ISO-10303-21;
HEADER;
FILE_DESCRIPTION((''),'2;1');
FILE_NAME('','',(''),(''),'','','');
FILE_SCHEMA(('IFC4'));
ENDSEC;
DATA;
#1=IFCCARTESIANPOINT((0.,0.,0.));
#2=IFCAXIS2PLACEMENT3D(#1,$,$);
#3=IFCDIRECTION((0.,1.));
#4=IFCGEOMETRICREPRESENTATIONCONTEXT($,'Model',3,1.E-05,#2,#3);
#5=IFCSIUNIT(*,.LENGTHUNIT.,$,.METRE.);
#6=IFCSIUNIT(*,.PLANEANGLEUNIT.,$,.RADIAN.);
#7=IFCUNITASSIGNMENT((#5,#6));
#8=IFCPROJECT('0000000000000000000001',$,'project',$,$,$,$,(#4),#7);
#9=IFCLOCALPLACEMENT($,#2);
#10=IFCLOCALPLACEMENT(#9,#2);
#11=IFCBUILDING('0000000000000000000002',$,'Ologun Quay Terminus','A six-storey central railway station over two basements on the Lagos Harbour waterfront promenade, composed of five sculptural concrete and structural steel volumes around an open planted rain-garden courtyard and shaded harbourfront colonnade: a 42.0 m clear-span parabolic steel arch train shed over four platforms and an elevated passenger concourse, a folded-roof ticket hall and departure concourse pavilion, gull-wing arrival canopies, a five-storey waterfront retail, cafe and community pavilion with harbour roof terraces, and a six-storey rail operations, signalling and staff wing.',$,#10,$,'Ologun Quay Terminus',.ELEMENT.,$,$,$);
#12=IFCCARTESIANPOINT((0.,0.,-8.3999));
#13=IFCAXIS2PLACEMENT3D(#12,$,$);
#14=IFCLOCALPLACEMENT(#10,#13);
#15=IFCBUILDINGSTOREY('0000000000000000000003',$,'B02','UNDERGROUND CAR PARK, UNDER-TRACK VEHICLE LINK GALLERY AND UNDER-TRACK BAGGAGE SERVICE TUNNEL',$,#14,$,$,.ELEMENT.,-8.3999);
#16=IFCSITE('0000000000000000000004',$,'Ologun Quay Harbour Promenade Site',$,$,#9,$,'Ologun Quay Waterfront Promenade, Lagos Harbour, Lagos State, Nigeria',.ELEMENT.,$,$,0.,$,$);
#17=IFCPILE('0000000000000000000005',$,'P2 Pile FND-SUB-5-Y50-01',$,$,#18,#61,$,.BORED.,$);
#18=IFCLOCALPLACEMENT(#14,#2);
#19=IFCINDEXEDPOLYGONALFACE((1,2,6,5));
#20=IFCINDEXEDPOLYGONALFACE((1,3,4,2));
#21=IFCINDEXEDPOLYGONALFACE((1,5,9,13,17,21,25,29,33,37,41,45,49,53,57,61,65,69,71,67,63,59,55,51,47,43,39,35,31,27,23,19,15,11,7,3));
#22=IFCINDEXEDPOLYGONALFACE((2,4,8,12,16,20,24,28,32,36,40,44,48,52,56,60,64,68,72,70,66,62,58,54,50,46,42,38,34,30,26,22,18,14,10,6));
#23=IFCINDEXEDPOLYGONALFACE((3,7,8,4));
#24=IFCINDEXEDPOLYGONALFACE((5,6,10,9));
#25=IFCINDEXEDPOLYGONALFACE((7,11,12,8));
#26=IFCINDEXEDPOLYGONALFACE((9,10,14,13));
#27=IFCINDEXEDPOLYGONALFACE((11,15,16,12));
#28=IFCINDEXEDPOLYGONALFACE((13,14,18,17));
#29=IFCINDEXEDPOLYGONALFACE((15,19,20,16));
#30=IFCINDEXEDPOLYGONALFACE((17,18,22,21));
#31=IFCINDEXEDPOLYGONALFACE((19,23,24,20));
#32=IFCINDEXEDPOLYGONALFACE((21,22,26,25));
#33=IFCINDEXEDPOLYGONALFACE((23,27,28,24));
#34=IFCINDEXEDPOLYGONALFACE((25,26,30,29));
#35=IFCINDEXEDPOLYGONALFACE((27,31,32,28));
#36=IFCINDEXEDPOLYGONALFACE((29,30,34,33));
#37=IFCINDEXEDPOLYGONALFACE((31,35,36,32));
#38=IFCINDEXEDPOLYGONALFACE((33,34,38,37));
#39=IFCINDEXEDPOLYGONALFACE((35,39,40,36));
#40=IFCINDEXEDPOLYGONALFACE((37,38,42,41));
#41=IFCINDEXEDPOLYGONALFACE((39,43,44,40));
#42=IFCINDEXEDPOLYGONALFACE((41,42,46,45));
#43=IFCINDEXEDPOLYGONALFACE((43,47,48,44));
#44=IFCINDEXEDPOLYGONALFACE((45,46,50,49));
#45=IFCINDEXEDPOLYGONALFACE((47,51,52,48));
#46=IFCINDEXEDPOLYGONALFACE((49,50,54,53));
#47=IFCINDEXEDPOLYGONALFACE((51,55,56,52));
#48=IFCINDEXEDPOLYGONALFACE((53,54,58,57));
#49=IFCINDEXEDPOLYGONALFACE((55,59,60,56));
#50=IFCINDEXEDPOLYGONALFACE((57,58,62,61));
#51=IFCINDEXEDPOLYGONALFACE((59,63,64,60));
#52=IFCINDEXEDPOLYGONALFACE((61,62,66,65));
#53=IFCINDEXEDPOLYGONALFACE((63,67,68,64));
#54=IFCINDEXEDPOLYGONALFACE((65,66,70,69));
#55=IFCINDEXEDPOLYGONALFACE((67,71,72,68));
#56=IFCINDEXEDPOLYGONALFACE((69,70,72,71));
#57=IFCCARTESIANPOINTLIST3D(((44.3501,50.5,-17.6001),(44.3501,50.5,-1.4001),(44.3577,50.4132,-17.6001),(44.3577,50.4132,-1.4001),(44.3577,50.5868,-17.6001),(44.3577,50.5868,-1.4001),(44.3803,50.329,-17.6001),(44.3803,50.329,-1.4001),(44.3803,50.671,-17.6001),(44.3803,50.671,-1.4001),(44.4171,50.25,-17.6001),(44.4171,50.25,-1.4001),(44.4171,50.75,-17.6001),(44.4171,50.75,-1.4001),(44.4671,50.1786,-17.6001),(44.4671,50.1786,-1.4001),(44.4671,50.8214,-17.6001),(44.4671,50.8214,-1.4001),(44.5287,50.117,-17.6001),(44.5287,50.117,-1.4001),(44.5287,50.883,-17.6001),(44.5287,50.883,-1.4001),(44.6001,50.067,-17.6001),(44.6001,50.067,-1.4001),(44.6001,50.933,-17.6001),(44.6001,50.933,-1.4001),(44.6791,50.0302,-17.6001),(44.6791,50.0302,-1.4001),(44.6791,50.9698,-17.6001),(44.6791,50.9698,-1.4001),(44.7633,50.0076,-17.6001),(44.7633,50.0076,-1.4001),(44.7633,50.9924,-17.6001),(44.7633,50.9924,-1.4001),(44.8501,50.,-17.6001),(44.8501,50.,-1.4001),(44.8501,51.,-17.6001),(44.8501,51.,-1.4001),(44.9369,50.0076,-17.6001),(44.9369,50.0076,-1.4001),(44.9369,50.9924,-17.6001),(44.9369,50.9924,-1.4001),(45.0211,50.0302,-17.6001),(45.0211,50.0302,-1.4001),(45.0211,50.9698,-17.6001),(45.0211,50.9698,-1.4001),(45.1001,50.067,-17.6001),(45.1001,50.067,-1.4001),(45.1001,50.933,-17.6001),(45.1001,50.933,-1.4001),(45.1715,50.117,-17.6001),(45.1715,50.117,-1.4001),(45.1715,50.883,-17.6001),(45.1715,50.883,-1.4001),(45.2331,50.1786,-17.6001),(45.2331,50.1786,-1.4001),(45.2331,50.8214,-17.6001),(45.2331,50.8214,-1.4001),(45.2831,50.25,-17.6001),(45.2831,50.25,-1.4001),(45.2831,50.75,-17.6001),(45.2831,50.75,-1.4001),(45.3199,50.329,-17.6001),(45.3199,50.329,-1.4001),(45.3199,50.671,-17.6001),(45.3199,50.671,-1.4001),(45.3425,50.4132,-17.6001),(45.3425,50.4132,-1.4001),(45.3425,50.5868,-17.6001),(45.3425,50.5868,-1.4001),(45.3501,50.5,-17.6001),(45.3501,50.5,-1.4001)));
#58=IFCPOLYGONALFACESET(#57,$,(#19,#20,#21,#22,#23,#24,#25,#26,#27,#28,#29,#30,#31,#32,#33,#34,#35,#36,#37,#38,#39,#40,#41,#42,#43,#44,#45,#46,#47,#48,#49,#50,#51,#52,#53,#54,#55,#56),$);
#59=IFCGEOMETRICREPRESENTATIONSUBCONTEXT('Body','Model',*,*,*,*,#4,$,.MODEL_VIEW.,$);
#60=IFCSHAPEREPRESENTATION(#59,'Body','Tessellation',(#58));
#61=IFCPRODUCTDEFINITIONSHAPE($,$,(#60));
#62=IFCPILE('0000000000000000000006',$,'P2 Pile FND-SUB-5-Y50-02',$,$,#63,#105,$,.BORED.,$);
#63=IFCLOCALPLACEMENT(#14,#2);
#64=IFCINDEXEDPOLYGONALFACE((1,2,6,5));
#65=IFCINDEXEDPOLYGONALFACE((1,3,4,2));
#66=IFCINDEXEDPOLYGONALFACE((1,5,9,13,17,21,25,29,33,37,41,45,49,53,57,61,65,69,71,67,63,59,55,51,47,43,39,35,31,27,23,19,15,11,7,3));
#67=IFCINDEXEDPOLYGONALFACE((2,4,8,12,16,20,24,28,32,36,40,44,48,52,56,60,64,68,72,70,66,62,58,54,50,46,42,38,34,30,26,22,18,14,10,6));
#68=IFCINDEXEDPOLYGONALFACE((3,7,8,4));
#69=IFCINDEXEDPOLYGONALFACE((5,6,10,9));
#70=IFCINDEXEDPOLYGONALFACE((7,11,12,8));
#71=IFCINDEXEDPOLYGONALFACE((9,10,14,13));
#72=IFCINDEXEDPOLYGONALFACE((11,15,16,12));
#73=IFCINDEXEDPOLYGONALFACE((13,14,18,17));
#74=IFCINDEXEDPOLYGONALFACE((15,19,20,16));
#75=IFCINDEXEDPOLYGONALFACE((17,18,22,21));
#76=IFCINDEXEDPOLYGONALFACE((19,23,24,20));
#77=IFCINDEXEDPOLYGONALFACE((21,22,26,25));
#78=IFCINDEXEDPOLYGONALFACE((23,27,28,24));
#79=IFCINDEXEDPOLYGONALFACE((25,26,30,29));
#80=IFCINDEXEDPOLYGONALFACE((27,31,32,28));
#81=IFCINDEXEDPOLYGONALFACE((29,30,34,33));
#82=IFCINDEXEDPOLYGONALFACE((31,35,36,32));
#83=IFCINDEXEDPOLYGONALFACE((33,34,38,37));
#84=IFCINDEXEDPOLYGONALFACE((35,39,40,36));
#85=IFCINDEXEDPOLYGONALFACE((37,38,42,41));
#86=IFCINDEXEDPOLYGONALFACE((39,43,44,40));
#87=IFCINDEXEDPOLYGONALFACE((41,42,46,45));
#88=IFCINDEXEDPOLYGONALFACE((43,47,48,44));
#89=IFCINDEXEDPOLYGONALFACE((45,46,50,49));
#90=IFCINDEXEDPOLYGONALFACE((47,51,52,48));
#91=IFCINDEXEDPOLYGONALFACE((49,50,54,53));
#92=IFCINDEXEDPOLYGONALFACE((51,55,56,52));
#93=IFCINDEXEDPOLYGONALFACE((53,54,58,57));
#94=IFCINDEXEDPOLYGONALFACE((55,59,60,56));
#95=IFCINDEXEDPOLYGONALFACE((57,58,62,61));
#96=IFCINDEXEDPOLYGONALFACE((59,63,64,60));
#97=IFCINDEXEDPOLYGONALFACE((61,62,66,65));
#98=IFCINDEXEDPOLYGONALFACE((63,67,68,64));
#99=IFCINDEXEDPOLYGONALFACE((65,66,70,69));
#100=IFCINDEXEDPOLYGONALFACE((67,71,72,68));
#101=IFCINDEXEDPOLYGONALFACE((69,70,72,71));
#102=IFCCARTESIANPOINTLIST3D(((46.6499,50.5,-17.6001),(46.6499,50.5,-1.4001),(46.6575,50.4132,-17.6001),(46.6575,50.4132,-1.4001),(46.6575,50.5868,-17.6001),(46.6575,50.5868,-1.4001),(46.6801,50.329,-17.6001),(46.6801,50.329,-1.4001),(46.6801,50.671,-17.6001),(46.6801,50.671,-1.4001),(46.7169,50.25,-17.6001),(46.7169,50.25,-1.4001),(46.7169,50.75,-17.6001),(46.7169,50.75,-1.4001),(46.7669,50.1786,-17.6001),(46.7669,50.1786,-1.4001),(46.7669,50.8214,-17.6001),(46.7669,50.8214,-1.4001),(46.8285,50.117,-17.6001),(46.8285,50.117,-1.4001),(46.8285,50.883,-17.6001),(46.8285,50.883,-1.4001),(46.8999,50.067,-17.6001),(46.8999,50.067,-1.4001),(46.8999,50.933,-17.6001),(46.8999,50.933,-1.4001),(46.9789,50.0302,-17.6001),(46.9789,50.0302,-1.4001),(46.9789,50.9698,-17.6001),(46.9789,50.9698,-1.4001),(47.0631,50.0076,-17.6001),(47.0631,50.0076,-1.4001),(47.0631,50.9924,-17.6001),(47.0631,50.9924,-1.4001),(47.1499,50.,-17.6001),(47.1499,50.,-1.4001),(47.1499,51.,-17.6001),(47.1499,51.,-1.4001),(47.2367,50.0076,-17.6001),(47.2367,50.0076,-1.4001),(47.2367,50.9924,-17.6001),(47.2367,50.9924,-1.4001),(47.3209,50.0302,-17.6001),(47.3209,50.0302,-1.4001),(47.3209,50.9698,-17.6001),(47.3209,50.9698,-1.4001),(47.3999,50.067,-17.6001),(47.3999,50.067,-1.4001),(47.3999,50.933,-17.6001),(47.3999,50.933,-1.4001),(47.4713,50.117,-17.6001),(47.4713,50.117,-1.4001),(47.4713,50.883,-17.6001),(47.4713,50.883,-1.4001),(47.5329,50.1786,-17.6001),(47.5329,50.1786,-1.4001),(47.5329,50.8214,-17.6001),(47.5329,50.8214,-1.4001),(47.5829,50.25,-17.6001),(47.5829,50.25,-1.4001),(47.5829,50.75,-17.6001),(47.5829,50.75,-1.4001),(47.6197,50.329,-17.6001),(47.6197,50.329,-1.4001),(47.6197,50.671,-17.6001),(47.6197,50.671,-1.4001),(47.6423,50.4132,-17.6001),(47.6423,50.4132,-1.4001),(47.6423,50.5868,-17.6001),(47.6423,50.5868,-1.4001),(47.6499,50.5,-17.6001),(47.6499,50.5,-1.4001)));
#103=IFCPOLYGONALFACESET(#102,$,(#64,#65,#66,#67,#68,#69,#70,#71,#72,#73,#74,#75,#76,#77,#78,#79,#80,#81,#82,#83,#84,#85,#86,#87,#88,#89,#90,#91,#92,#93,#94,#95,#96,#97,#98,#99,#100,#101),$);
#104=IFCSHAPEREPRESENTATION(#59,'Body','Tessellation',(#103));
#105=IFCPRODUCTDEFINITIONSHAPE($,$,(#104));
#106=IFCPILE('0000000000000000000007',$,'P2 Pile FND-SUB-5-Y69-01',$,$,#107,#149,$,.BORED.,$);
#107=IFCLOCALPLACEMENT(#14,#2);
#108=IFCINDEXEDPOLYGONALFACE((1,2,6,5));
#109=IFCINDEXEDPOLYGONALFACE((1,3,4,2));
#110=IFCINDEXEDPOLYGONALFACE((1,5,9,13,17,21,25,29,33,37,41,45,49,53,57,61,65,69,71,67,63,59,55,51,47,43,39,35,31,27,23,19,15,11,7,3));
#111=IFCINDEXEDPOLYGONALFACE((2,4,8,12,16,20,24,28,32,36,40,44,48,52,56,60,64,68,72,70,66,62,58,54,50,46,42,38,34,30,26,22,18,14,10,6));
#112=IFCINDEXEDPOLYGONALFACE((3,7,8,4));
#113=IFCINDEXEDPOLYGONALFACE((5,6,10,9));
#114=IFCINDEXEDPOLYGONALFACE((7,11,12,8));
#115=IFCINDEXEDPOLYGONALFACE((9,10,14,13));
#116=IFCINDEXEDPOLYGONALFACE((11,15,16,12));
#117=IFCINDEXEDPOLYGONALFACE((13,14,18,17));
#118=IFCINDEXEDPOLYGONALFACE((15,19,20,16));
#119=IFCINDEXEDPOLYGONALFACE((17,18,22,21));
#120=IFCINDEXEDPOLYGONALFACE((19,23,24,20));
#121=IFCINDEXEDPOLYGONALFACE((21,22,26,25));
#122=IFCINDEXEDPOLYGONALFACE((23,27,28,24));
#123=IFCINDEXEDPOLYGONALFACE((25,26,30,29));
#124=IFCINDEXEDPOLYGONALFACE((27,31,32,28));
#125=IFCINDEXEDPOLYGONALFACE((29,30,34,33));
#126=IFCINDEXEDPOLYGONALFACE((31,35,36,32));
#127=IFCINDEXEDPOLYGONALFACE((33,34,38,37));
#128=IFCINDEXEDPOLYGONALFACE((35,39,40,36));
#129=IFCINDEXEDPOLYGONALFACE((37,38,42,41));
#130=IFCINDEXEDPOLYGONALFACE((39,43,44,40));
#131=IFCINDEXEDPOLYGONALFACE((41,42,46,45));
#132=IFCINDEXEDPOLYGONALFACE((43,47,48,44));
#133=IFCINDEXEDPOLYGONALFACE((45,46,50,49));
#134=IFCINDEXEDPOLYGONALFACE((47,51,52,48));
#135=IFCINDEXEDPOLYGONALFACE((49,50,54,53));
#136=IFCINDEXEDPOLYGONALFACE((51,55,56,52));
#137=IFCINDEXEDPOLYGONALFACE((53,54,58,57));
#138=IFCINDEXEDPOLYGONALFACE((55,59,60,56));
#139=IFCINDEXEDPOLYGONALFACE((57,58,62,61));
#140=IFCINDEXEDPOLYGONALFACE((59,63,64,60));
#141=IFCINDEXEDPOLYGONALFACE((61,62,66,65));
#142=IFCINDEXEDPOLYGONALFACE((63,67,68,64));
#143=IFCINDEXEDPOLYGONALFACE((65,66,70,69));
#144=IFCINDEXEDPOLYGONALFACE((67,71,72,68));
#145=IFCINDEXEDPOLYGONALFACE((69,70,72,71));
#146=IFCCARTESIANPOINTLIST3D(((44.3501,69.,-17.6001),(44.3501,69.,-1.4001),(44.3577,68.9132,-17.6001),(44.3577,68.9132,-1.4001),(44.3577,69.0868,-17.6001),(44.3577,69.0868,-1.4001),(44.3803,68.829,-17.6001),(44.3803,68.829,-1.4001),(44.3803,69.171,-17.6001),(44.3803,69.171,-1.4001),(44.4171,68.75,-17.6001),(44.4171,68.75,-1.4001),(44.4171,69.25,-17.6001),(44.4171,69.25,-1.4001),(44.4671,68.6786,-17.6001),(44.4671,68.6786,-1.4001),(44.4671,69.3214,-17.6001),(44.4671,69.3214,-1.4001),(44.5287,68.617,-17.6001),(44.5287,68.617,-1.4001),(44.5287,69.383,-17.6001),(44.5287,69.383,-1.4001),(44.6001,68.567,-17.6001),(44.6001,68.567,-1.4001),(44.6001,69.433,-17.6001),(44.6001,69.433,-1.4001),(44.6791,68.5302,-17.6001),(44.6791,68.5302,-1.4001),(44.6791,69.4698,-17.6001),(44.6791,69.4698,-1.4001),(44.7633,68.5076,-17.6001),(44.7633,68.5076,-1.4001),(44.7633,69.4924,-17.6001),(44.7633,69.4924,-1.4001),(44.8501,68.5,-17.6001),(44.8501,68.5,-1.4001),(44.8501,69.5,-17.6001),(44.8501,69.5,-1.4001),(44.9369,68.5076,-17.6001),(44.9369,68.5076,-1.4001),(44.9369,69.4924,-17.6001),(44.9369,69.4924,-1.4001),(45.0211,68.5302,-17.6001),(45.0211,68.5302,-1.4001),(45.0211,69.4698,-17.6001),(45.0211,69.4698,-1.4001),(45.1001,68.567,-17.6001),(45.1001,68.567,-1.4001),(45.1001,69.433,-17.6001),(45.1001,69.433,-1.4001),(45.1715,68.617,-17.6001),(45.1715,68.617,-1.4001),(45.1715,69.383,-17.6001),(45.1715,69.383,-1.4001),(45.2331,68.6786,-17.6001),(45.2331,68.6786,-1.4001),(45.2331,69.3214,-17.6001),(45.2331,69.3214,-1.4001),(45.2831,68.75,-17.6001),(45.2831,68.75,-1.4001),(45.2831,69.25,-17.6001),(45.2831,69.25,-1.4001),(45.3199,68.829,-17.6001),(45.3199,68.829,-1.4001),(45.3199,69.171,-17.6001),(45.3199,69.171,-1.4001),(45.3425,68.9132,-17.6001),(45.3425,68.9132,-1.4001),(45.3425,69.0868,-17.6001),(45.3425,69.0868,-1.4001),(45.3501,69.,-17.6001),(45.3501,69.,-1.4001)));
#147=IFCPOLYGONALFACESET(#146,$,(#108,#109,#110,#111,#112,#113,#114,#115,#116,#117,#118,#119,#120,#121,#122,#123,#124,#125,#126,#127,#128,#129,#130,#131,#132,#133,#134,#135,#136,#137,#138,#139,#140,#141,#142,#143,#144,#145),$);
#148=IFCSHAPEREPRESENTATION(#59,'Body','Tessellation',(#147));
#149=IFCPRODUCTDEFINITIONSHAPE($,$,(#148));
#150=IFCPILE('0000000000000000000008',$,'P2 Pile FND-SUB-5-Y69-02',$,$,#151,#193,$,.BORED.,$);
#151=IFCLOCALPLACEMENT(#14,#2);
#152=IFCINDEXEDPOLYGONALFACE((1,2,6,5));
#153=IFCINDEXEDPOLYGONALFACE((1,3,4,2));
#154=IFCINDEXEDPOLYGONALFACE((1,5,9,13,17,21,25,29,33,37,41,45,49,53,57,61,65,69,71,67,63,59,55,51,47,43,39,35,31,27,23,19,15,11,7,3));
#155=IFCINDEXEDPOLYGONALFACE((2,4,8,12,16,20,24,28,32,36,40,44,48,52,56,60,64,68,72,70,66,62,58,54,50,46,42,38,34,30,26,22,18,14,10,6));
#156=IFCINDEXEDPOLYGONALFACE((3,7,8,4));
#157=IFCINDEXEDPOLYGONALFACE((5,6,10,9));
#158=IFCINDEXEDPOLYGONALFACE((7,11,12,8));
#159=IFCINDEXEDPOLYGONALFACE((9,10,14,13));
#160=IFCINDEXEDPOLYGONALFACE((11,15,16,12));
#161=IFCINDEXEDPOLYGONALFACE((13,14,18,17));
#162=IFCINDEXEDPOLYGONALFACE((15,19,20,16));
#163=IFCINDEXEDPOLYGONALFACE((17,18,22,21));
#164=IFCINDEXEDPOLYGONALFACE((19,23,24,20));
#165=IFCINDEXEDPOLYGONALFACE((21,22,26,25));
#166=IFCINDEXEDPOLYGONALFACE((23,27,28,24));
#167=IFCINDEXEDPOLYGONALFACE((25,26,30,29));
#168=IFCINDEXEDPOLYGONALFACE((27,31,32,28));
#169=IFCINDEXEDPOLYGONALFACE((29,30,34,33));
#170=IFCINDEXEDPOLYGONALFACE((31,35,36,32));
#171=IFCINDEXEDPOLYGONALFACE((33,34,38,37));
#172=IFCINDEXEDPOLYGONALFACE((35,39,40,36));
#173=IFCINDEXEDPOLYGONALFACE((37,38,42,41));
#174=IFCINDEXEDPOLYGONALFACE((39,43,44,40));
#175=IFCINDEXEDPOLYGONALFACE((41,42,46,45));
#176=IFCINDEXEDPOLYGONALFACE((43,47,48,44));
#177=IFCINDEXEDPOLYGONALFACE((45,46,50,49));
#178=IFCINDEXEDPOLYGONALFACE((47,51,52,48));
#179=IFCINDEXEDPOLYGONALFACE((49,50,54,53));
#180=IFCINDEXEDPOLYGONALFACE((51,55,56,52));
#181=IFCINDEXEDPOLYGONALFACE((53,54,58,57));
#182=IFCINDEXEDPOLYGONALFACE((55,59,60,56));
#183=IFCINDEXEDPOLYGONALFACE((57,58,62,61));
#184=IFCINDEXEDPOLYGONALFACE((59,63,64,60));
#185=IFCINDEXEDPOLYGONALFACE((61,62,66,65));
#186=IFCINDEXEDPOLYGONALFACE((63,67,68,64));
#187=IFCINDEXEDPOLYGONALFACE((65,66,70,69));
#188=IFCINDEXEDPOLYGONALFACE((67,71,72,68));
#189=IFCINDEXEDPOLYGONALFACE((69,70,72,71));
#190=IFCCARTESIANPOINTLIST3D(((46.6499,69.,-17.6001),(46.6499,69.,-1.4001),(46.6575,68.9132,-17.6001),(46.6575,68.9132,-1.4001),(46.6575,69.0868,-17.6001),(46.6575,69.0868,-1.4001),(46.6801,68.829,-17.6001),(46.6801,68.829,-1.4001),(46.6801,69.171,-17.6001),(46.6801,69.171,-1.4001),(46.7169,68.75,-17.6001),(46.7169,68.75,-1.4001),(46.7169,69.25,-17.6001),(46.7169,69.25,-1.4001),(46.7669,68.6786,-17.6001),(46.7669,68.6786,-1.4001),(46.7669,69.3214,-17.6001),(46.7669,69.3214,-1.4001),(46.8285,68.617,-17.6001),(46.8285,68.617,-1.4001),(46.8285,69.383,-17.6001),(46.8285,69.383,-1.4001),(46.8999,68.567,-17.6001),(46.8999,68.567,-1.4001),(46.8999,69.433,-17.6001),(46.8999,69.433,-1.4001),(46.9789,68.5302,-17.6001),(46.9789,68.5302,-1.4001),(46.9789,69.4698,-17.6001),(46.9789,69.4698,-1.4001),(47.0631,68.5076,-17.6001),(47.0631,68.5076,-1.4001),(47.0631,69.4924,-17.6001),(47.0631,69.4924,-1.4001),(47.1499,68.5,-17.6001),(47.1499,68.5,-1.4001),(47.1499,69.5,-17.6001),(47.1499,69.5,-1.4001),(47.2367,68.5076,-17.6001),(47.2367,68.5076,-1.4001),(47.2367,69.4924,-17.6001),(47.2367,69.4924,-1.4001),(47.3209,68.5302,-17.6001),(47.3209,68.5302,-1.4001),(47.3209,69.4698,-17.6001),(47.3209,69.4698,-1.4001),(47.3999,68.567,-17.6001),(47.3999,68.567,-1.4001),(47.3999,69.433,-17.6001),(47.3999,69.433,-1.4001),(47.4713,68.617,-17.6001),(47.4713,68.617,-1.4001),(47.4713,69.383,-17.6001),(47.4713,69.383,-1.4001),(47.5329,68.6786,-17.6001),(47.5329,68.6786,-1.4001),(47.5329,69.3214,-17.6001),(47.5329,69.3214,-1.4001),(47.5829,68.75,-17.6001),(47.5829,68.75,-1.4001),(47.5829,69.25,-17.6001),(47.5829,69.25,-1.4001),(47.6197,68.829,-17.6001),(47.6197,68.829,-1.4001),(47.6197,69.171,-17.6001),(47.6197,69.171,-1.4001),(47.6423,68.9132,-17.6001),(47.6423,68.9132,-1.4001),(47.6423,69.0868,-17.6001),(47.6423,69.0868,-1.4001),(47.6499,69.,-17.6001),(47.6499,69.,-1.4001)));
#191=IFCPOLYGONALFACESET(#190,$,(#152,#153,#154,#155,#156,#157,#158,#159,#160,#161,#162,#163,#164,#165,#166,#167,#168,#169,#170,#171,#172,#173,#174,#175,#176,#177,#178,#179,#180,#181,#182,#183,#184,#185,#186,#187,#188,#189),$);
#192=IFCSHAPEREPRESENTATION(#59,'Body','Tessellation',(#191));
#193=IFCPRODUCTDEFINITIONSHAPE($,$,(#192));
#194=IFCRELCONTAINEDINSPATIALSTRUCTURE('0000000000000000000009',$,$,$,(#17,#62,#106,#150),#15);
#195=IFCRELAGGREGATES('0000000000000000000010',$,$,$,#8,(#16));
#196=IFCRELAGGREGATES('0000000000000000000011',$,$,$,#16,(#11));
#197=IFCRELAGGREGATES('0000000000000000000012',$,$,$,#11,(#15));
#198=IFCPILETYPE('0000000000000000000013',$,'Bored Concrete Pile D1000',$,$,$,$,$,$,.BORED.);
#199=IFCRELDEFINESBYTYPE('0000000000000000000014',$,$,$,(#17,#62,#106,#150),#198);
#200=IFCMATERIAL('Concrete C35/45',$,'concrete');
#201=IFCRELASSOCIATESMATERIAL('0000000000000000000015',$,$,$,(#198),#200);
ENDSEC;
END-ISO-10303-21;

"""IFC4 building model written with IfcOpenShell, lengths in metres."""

from ifc_helpers import new_model, si_unit, direction, frame, origin, origin_2d, place, context, subcontext, project, spatial, circle, extrude, material, material_profile, profile_set, type_object, element, save


model = new_model("IFC4")

# Units and contexts
model_context = context("Model", 3, precision=1e-05, world=origin(), true_north=direction((0.0, 1.0)))
body_context = subcontext(model_context, "Body", "Model", "MODEL_VIEW")
ifc_project = project(units=[si_unit("LENGTHUNIT", "METRE"), si_unit("PLANEANGLEUNIT", "RADIAN")], contexts=[model_context])

# Site, building, storey
site_placement = place(None, origin())
site = spatial("IfcSite", under=ifc_project, at=site_placement, Name="Ologun Quay Harbour Promenade Site", LongName="Ologun Quay Waterfront Promenade, Lagos Harbour, Lagos State, Nigeria", CompositionType="ELEMENT", RefElevation=0.0)
building_placement = place(site_placement, origin())
building = spatial("IfcBuilding", under=site, at=building_placement, Name="Ologun Quay Terminus", Description="A six-storey central railway station over two basements on the Lagos Harbour waterfront promenade, composed of five sculptural concrete and structural steel volumes around an open planted rain-garden courtyard and shaded harbourfront colonnade: a 42.0 m clear-span parabolic steel arch train shed over four platforms and an elevated passenger concourse, a folded-roof ticket hall and departure concourse pavilion, gull-wing arrival canopies, a five-storey waterfront retail, cafe and community pavilion with harbour roof terraces, and a six-storey rail operations, signalling and staff wing.", LongName="Ologun Quay Terminus", CompositionType="ELEMENT")
storey_placement = place(building_placement, frame((0.0, 0.0, -8.3999)))
storey = spatial("IfcBuildingStorey", under=building, at=storey_placement, Name="B02", Description="UNDERGROUND CAR PARK, UNDER-TRACK VEHICLE LINK GALLERY AND UNDER-TRACK BAGGAGE SERVICE TUNNEL", CompositionType="ELEMENT", Elevation=-8.3999)

# Piles
ifc_material_1 = material(Name="Concrete C35/45", Category="concrete")
ifc_material_profile_1 = material_profile(ifc_material_1, circle(Radius=0.5, at=origin_2d()), Name="PILE D1000")
ifc_profile_set_1 = profile_set([ifc_material_profile_1], Name="Concrete C35/45")
pile_type_1 = type_object("IfcPileType", Name="Bored Concrete Pile D1000", PredefinedType="BORED", material=ifc_profile_set_1)
for number, where, z_axis, x_axis, name in (
    (1, (44.8501, 50.5, -1.4001), (0.0, 0.0, -1.0), (1.0, 0.0, 0.0), "P2 Pile FND-SUB-5-Y50-01"),
    (2, (47.1499, 50.5, -1.4001), (0.0, 0.0, -1.0), (1.0, 0.0, 0.0), "P2 Pile FND-SUB-5-Y50-02"),
    (3, (44.8501, 69.0, -1.4001), (0.0, 0.0, -1.0), (1.0, 0.0, 0.0), "P2 Pile FND-SUB-5-Y69-01"),
    (4, (47.1499, 69.0, -1.4001), (0.0, 0.0, -1.0), (1.0, 0.0, 0.0), "P2 Pile FND-SUB-5-Y69-02"),
):
    element("IfcPile", number, at=place(storey_placement, frame(where, z_axis=z_axis, x_axis=x_axis)), inside=storey, type_object=pile_type_1, Name=name, PredefinedType="BORED", context=body_context, shape_type="SweptSolid", body=[
        extrude(circle(Radius=0.5, at=origin_2d()), origin(), (0.0, 0.0, 1.0), 16.2),
    ])

save(model, "model.ifc")
